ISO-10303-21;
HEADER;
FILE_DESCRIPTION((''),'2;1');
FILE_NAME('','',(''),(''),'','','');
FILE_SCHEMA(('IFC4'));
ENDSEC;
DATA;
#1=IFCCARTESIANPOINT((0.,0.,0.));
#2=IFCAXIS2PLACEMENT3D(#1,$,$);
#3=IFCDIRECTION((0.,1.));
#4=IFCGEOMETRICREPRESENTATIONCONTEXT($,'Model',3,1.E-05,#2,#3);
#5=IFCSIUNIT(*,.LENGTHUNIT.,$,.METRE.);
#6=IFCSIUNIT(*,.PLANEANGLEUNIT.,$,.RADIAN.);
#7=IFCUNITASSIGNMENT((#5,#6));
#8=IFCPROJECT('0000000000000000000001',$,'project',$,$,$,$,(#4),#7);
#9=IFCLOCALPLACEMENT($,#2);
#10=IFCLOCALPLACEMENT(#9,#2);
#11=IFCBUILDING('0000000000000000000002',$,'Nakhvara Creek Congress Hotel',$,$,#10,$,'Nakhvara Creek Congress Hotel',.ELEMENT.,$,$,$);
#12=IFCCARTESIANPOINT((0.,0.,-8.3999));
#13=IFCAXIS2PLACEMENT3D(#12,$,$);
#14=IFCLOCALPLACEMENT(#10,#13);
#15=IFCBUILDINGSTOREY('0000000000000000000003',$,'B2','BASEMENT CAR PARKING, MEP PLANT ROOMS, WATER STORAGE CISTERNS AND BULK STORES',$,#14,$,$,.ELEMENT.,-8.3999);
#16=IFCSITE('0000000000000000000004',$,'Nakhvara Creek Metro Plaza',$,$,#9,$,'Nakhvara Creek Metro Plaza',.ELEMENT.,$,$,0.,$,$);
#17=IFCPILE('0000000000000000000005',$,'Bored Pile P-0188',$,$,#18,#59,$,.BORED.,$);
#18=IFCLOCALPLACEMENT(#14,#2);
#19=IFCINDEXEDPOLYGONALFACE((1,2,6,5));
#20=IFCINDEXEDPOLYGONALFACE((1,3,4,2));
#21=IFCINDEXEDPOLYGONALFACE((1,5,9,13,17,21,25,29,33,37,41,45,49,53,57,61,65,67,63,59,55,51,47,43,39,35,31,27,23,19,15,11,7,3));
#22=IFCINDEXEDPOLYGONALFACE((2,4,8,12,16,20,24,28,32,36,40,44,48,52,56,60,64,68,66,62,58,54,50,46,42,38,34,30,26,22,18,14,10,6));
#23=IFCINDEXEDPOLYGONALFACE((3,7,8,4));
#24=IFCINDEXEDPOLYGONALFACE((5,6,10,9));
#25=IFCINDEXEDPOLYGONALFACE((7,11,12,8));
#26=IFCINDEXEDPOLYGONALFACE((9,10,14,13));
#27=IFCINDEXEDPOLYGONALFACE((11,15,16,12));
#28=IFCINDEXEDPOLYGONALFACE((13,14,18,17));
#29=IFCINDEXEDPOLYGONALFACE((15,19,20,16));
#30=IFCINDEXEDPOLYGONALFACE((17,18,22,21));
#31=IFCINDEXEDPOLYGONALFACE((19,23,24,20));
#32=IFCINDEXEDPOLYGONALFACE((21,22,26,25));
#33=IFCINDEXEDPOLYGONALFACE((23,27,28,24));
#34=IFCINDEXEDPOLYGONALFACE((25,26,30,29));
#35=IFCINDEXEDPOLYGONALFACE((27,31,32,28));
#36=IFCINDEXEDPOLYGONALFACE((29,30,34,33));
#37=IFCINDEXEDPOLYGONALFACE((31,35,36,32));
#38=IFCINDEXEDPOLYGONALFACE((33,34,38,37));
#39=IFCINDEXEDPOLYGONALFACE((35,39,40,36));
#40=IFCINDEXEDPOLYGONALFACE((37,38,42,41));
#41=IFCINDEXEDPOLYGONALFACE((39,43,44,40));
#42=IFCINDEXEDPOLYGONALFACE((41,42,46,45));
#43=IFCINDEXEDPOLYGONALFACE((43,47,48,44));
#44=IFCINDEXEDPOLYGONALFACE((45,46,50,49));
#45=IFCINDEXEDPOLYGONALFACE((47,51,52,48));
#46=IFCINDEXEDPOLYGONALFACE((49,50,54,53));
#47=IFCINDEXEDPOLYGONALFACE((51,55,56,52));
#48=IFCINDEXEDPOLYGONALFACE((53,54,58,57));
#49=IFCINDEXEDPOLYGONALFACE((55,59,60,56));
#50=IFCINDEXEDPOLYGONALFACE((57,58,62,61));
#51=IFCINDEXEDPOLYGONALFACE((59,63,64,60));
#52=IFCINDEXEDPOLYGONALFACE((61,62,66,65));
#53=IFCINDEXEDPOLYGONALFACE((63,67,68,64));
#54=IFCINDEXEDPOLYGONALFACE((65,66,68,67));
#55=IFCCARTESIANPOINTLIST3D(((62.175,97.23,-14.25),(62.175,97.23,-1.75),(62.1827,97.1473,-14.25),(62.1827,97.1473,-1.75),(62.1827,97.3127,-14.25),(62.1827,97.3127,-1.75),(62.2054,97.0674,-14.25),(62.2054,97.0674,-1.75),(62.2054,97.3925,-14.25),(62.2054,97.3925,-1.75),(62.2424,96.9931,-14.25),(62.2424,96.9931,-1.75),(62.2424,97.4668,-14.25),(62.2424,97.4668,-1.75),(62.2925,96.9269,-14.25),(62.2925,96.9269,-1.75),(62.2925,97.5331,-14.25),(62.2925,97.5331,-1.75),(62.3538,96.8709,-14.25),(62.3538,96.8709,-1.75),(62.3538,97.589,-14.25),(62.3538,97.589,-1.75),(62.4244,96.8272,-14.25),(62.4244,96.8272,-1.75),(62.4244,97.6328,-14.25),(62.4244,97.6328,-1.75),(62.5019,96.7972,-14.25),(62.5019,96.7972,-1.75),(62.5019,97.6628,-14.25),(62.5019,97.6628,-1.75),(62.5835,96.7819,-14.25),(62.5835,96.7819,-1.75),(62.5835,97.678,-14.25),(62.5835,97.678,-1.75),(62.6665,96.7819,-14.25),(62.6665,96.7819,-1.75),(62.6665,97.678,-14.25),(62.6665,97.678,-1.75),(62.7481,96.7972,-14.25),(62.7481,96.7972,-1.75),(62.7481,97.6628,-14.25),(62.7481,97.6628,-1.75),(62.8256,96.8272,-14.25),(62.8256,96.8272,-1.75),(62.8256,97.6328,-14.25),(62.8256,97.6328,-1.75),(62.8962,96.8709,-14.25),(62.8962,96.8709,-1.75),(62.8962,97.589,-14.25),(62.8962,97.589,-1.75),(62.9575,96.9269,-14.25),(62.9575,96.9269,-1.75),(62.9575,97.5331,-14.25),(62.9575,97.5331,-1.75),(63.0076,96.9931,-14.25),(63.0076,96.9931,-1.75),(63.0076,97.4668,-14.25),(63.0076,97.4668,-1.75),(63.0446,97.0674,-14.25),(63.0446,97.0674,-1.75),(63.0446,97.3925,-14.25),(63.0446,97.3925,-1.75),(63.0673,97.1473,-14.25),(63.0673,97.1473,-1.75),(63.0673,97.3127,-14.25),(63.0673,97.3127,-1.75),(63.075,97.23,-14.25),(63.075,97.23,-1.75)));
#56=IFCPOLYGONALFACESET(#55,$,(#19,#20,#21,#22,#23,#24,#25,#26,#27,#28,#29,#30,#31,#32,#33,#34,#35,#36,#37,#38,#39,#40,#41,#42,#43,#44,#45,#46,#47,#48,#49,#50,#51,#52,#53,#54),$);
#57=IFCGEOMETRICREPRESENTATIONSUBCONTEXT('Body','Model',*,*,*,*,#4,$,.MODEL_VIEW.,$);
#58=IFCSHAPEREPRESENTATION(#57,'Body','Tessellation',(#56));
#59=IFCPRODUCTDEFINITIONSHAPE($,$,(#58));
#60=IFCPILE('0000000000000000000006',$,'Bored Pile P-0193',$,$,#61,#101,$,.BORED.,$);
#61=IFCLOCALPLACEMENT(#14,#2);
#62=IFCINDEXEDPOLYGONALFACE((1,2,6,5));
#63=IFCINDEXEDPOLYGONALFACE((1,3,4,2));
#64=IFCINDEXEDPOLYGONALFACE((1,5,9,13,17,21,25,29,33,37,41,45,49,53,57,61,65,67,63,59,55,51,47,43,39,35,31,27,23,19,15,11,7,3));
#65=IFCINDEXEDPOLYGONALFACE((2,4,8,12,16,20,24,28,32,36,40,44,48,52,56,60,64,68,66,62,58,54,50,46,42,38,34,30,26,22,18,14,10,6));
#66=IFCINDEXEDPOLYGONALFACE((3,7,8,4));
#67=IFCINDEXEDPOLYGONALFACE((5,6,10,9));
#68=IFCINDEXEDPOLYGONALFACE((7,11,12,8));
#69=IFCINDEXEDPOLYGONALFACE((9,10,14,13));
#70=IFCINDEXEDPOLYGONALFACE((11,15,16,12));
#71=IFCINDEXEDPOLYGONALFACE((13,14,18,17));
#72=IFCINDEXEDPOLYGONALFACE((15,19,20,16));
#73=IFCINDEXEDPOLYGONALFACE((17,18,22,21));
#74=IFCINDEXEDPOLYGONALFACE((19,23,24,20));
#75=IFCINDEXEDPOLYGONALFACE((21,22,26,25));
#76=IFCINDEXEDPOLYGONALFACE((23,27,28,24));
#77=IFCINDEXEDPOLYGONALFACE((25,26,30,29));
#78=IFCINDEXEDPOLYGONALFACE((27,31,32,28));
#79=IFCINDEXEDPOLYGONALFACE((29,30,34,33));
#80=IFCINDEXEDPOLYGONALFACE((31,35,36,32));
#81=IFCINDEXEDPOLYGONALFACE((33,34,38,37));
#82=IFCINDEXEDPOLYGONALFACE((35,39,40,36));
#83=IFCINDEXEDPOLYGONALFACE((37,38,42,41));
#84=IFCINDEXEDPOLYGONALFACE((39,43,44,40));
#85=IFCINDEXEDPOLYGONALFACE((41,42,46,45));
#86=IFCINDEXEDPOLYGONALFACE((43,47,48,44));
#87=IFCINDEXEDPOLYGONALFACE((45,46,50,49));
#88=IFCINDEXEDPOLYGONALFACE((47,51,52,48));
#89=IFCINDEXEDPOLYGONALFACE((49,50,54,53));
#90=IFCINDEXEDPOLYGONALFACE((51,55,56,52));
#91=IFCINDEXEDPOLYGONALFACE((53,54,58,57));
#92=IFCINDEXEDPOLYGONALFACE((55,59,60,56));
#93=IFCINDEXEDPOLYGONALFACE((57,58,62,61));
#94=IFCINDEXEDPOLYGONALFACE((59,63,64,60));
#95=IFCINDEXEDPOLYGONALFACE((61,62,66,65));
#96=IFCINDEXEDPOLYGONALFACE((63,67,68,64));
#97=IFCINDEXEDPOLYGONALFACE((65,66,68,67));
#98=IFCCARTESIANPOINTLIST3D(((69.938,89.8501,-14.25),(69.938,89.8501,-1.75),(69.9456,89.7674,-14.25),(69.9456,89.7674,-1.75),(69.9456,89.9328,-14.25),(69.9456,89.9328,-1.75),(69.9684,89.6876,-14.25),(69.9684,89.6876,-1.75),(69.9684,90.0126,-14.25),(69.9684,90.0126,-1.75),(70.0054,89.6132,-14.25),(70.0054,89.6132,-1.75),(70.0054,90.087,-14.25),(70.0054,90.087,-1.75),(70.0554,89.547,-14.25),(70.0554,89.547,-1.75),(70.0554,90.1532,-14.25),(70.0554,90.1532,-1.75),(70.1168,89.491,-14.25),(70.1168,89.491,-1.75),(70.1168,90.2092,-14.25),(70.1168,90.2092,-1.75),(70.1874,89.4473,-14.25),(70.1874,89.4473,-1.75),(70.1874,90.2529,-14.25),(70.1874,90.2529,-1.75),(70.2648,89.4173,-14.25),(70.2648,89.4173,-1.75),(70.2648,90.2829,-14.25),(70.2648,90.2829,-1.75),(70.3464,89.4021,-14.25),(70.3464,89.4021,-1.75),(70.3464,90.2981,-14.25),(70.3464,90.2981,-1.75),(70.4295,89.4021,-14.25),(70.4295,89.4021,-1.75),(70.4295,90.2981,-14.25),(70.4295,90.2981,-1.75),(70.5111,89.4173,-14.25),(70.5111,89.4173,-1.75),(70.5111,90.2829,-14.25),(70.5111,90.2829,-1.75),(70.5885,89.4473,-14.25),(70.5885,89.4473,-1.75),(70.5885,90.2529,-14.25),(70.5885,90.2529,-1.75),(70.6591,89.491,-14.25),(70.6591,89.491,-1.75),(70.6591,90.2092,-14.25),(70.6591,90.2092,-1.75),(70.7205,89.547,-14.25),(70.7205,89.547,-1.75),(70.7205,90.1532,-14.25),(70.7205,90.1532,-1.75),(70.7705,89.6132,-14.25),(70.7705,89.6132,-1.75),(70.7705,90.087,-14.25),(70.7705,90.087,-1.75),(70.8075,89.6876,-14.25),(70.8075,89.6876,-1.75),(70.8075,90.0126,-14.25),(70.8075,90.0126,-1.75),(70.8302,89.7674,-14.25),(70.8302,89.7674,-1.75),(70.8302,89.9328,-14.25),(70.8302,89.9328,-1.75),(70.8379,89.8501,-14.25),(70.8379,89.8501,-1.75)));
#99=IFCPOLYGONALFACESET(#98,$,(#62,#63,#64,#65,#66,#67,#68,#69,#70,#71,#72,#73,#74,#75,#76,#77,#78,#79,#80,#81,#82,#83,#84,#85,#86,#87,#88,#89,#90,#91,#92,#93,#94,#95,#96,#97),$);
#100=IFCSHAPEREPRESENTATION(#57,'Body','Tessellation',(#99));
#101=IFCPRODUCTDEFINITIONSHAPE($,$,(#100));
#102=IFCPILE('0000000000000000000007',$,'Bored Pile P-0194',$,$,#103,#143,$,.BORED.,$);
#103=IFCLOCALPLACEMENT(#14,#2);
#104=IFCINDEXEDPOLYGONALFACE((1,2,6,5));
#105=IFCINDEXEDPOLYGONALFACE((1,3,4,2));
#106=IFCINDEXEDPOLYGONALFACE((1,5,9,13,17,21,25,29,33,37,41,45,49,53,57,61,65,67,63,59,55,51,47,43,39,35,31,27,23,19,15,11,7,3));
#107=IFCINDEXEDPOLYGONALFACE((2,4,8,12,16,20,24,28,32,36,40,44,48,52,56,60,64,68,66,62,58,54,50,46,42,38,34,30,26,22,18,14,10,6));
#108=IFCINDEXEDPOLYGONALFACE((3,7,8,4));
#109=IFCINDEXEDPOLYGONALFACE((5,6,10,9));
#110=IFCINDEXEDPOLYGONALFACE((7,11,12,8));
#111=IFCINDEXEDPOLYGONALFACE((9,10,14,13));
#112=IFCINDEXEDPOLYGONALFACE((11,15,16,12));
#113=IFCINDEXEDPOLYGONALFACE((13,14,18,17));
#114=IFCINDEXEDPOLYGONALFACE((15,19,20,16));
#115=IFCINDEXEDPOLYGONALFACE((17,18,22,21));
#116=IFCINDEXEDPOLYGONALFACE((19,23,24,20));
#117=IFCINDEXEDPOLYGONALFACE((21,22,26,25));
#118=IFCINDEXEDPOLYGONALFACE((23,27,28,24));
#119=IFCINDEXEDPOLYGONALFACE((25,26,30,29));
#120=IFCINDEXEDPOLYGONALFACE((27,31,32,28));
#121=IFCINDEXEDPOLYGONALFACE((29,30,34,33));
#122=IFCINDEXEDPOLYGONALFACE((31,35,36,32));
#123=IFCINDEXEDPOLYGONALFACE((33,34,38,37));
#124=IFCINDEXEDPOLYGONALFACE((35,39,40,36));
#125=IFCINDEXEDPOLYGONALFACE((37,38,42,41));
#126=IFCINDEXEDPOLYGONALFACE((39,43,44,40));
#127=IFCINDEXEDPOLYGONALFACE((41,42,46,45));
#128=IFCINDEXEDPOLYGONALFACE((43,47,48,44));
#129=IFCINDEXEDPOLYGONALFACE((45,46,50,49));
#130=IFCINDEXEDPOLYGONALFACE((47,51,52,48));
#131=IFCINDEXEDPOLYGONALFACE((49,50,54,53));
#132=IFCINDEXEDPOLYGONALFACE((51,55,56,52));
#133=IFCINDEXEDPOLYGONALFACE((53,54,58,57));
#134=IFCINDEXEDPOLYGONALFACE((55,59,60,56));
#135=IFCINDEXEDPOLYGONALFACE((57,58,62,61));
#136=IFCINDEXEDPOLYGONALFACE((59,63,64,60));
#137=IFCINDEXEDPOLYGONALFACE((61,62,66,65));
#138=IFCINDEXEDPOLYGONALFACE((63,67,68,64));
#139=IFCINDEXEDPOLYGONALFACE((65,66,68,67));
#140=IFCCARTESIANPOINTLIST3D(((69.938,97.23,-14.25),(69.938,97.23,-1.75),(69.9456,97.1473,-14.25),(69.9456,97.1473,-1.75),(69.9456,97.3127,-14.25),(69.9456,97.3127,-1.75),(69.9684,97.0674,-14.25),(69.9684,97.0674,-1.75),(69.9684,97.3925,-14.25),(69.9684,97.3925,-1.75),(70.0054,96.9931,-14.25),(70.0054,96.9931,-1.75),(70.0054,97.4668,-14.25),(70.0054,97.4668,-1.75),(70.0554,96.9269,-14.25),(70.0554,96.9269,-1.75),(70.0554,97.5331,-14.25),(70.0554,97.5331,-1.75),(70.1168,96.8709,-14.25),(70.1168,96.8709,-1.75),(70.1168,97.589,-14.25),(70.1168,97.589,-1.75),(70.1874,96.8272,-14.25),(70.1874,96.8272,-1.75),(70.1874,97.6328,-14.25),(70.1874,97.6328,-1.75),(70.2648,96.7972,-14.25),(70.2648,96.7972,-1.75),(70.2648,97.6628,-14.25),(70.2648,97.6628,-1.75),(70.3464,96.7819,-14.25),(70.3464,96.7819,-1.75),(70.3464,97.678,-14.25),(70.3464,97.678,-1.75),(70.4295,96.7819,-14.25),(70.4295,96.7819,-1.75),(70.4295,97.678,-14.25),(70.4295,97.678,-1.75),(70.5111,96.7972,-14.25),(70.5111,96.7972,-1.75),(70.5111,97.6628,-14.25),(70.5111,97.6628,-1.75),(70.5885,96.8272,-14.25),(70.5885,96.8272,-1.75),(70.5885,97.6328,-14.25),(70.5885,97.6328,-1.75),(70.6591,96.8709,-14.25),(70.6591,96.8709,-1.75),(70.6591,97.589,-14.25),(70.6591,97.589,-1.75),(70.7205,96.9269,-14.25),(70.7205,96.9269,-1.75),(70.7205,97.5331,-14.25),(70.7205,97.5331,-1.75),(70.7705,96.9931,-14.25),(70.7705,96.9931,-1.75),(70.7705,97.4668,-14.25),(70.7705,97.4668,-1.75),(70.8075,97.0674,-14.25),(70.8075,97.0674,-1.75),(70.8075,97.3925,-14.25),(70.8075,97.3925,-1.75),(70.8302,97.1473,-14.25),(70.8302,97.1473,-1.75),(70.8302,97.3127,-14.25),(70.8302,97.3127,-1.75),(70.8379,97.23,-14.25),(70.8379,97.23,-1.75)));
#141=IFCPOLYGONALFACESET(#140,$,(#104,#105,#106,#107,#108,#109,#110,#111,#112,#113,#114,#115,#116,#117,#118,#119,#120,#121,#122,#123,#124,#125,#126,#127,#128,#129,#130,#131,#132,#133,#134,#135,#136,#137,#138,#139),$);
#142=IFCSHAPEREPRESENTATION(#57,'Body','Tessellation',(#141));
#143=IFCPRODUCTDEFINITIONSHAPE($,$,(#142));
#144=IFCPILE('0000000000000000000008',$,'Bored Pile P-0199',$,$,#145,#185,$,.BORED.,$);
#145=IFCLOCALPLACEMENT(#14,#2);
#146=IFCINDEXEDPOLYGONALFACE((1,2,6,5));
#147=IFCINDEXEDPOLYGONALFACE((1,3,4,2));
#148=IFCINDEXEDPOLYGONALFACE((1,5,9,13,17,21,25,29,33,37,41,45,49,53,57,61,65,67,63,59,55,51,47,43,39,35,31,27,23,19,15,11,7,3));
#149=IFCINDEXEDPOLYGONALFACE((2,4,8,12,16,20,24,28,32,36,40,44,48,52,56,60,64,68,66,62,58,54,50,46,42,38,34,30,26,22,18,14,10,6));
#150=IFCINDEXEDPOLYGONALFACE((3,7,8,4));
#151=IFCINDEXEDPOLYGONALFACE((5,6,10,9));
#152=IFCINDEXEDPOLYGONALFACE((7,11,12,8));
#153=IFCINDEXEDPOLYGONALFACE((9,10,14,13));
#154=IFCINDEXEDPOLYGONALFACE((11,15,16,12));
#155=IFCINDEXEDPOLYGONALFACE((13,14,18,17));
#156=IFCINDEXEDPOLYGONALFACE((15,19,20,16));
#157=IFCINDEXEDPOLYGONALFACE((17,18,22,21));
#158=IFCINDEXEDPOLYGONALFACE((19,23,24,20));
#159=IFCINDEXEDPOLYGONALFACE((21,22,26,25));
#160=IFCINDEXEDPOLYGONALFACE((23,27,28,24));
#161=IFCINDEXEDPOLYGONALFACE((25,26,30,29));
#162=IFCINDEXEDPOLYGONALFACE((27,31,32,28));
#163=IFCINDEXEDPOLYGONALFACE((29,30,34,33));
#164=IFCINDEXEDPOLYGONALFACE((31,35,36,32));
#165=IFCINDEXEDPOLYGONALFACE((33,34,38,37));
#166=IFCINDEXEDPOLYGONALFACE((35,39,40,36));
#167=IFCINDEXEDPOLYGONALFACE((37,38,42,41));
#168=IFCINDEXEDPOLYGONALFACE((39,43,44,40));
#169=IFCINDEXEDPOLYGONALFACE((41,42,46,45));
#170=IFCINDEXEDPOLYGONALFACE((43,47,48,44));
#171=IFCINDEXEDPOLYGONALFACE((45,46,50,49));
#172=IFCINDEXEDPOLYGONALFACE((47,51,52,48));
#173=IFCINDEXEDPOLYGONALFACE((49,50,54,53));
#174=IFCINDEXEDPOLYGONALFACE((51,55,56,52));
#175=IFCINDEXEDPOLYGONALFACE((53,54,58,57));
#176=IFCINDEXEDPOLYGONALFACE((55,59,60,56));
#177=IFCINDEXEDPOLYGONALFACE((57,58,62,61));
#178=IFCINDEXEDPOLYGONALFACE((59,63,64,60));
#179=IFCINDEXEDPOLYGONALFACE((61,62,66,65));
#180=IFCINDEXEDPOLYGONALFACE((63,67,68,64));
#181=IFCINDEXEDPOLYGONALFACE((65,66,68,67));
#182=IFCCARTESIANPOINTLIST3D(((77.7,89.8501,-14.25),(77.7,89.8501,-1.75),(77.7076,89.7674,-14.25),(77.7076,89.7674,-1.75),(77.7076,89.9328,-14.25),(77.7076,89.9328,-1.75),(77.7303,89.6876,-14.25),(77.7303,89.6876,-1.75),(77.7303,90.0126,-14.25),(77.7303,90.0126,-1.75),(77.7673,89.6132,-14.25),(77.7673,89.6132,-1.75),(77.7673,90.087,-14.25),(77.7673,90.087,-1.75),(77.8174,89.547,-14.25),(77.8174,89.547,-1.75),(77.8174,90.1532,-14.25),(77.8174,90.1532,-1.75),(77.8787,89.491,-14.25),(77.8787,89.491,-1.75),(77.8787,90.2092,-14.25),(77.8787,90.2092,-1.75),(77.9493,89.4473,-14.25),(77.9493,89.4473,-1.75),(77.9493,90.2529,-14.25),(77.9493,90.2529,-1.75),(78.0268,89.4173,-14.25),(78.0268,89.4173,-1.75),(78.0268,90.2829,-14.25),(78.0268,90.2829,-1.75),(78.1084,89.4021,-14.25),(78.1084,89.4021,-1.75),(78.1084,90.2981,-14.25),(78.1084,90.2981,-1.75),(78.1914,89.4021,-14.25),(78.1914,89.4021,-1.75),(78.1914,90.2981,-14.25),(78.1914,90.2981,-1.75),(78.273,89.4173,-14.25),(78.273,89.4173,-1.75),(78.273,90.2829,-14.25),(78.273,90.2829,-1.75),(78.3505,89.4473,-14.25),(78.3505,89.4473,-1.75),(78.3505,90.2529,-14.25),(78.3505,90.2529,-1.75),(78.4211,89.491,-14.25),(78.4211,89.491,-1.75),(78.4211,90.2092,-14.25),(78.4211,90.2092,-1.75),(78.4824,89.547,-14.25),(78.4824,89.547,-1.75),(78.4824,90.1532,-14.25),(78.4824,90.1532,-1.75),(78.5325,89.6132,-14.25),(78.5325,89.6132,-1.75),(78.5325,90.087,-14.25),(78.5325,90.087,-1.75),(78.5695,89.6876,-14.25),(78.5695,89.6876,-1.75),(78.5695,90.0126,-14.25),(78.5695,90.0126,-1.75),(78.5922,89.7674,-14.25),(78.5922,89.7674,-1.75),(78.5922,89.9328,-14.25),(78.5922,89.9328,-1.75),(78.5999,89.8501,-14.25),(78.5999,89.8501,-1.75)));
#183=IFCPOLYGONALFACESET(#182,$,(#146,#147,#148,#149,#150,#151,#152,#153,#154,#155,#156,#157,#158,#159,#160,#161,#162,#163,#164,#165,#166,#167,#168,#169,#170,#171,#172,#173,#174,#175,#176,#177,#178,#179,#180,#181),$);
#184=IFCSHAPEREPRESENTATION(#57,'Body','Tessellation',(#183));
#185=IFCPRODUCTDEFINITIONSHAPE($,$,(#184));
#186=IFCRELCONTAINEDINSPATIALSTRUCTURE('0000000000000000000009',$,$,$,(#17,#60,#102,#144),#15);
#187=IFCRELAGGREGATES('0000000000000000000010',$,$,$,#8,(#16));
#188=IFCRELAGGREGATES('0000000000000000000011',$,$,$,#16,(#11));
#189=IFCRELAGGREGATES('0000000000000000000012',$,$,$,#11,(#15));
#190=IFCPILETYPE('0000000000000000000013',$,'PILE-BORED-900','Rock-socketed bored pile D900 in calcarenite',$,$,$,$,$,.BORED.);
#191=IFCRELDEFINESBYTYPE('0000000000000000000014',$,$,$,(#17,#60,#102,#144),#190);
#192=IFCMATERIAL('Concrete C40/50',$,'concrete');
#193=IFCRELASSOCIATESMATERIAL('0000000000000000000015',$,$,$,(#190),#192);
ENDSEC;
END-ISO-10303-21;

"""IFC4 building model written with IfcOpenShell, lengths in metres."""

from ifc_helpers import new_model, si_unit, direction, frame, origin, origin_2d, place, context, subcontext, project, spatial, circle, extrude, material, material_profile, profile_set, type_object, element, save


model = new_model("IFC4")

# Units and contexts
model_context = context("Model", 3, precision=1e-05, world=origin(), true_north=direction((0.0, 1.0)))
body_context = subcontext(model_context, "Body", "Model", "MODEL_VIEW")
ifc_project = project(units=[si_unit("LENGTHUNIT", "METRE"), si_unit("PLANEANGLEUNIT", "RADIAN")], contexts=[model_context])

# Site, building, storey
site_placement = place(None, origin())
site = spatial("IfcSite", under=ifc_project, at=site_placement, Name="Nakhvara Creek Metro Plaza", LongName="Nakhvara Creek Metro Plaza", CompositionType="ELEMENT", RefElevation=0.0)
building_placement = place(site_placement, origin())
building = spatial("IfcBuilding", under=site, at=building_placement, Name="Nakhvara Creek Congress Hotel", LongName="Nakhvara Creek Congress Hotel", CompositionType="ELEMENT")
storey_placement = place(building_placement, frame((0.0, 0.0, -8.3999)))
storey = spatial("IfcBuildingStorey", under=building, at=storey_placement, Name="B2", Description="BASEMENT CAR PARKING, MEP PLANT ROOMS, WATER STORAGE CISTERNS AND BULK STORES", CompositionType="ELEMENT", Elevation=-8.3999)

# Shared definitions
ifc_material_1 = material(Name="Concrete C40/50", Category="concrete")

# Piles
ifc_material_profile_1 = material_profile(ifc_material_1, circle(Radius=0.45, at=origin_2d()), Name="BORED PILE D900", Category="LoadBearing")
ifc_profile_set_1 = profile_set([ifc_material_profile_1], Name="Concrete C40/50")
pile_type = type_object("IfcPileType", Name="PILE-BORED-900", Description="Rock-socketed bored pile D900 in calcarenite", PredefinedType="BORED", material=ifc_profile_set_1)
for number, where, z_axis, x_axis, name in (
    (1, (62.625, 97.23, -1.75), (0.0, 0.0, -1.0), (1.0, 0.0, 0.0), "Bored Pile P-0188"),
    (2, (70.3879, 89.8501, -1.75), (0.0, 0.0, -1.0), (1.0, 0.0, 0.0), "Bored Pile P-0193"),
    (3, (70.3879, 97.23, -1.75), (0.0, 0.0, -1.0), (1.0, 0.0, 0.0), "Bored Pile P-0194"),
    (4, (78.1499, 89.8501, -1.75), (0.0, 0.0, -1.0), (1.0, 0.0, 0.0), "Bored Pile P-0199"),
):
    element("IfcPile", number, at=place(storey_placement, frame(where, z_axis=z_axis, x_axis=x_axis)), inside=storey, type_object=pile_type, Name=name, PredefinedType="BORED", context=body_context, shape_type="SweptSolid", body=[
        extrude(circle(Radius=0.45, at=origin_2d()), origin(), (0.0, 0.0, 1.0), 12.5),
    ])

save(model, "model.ifc")
